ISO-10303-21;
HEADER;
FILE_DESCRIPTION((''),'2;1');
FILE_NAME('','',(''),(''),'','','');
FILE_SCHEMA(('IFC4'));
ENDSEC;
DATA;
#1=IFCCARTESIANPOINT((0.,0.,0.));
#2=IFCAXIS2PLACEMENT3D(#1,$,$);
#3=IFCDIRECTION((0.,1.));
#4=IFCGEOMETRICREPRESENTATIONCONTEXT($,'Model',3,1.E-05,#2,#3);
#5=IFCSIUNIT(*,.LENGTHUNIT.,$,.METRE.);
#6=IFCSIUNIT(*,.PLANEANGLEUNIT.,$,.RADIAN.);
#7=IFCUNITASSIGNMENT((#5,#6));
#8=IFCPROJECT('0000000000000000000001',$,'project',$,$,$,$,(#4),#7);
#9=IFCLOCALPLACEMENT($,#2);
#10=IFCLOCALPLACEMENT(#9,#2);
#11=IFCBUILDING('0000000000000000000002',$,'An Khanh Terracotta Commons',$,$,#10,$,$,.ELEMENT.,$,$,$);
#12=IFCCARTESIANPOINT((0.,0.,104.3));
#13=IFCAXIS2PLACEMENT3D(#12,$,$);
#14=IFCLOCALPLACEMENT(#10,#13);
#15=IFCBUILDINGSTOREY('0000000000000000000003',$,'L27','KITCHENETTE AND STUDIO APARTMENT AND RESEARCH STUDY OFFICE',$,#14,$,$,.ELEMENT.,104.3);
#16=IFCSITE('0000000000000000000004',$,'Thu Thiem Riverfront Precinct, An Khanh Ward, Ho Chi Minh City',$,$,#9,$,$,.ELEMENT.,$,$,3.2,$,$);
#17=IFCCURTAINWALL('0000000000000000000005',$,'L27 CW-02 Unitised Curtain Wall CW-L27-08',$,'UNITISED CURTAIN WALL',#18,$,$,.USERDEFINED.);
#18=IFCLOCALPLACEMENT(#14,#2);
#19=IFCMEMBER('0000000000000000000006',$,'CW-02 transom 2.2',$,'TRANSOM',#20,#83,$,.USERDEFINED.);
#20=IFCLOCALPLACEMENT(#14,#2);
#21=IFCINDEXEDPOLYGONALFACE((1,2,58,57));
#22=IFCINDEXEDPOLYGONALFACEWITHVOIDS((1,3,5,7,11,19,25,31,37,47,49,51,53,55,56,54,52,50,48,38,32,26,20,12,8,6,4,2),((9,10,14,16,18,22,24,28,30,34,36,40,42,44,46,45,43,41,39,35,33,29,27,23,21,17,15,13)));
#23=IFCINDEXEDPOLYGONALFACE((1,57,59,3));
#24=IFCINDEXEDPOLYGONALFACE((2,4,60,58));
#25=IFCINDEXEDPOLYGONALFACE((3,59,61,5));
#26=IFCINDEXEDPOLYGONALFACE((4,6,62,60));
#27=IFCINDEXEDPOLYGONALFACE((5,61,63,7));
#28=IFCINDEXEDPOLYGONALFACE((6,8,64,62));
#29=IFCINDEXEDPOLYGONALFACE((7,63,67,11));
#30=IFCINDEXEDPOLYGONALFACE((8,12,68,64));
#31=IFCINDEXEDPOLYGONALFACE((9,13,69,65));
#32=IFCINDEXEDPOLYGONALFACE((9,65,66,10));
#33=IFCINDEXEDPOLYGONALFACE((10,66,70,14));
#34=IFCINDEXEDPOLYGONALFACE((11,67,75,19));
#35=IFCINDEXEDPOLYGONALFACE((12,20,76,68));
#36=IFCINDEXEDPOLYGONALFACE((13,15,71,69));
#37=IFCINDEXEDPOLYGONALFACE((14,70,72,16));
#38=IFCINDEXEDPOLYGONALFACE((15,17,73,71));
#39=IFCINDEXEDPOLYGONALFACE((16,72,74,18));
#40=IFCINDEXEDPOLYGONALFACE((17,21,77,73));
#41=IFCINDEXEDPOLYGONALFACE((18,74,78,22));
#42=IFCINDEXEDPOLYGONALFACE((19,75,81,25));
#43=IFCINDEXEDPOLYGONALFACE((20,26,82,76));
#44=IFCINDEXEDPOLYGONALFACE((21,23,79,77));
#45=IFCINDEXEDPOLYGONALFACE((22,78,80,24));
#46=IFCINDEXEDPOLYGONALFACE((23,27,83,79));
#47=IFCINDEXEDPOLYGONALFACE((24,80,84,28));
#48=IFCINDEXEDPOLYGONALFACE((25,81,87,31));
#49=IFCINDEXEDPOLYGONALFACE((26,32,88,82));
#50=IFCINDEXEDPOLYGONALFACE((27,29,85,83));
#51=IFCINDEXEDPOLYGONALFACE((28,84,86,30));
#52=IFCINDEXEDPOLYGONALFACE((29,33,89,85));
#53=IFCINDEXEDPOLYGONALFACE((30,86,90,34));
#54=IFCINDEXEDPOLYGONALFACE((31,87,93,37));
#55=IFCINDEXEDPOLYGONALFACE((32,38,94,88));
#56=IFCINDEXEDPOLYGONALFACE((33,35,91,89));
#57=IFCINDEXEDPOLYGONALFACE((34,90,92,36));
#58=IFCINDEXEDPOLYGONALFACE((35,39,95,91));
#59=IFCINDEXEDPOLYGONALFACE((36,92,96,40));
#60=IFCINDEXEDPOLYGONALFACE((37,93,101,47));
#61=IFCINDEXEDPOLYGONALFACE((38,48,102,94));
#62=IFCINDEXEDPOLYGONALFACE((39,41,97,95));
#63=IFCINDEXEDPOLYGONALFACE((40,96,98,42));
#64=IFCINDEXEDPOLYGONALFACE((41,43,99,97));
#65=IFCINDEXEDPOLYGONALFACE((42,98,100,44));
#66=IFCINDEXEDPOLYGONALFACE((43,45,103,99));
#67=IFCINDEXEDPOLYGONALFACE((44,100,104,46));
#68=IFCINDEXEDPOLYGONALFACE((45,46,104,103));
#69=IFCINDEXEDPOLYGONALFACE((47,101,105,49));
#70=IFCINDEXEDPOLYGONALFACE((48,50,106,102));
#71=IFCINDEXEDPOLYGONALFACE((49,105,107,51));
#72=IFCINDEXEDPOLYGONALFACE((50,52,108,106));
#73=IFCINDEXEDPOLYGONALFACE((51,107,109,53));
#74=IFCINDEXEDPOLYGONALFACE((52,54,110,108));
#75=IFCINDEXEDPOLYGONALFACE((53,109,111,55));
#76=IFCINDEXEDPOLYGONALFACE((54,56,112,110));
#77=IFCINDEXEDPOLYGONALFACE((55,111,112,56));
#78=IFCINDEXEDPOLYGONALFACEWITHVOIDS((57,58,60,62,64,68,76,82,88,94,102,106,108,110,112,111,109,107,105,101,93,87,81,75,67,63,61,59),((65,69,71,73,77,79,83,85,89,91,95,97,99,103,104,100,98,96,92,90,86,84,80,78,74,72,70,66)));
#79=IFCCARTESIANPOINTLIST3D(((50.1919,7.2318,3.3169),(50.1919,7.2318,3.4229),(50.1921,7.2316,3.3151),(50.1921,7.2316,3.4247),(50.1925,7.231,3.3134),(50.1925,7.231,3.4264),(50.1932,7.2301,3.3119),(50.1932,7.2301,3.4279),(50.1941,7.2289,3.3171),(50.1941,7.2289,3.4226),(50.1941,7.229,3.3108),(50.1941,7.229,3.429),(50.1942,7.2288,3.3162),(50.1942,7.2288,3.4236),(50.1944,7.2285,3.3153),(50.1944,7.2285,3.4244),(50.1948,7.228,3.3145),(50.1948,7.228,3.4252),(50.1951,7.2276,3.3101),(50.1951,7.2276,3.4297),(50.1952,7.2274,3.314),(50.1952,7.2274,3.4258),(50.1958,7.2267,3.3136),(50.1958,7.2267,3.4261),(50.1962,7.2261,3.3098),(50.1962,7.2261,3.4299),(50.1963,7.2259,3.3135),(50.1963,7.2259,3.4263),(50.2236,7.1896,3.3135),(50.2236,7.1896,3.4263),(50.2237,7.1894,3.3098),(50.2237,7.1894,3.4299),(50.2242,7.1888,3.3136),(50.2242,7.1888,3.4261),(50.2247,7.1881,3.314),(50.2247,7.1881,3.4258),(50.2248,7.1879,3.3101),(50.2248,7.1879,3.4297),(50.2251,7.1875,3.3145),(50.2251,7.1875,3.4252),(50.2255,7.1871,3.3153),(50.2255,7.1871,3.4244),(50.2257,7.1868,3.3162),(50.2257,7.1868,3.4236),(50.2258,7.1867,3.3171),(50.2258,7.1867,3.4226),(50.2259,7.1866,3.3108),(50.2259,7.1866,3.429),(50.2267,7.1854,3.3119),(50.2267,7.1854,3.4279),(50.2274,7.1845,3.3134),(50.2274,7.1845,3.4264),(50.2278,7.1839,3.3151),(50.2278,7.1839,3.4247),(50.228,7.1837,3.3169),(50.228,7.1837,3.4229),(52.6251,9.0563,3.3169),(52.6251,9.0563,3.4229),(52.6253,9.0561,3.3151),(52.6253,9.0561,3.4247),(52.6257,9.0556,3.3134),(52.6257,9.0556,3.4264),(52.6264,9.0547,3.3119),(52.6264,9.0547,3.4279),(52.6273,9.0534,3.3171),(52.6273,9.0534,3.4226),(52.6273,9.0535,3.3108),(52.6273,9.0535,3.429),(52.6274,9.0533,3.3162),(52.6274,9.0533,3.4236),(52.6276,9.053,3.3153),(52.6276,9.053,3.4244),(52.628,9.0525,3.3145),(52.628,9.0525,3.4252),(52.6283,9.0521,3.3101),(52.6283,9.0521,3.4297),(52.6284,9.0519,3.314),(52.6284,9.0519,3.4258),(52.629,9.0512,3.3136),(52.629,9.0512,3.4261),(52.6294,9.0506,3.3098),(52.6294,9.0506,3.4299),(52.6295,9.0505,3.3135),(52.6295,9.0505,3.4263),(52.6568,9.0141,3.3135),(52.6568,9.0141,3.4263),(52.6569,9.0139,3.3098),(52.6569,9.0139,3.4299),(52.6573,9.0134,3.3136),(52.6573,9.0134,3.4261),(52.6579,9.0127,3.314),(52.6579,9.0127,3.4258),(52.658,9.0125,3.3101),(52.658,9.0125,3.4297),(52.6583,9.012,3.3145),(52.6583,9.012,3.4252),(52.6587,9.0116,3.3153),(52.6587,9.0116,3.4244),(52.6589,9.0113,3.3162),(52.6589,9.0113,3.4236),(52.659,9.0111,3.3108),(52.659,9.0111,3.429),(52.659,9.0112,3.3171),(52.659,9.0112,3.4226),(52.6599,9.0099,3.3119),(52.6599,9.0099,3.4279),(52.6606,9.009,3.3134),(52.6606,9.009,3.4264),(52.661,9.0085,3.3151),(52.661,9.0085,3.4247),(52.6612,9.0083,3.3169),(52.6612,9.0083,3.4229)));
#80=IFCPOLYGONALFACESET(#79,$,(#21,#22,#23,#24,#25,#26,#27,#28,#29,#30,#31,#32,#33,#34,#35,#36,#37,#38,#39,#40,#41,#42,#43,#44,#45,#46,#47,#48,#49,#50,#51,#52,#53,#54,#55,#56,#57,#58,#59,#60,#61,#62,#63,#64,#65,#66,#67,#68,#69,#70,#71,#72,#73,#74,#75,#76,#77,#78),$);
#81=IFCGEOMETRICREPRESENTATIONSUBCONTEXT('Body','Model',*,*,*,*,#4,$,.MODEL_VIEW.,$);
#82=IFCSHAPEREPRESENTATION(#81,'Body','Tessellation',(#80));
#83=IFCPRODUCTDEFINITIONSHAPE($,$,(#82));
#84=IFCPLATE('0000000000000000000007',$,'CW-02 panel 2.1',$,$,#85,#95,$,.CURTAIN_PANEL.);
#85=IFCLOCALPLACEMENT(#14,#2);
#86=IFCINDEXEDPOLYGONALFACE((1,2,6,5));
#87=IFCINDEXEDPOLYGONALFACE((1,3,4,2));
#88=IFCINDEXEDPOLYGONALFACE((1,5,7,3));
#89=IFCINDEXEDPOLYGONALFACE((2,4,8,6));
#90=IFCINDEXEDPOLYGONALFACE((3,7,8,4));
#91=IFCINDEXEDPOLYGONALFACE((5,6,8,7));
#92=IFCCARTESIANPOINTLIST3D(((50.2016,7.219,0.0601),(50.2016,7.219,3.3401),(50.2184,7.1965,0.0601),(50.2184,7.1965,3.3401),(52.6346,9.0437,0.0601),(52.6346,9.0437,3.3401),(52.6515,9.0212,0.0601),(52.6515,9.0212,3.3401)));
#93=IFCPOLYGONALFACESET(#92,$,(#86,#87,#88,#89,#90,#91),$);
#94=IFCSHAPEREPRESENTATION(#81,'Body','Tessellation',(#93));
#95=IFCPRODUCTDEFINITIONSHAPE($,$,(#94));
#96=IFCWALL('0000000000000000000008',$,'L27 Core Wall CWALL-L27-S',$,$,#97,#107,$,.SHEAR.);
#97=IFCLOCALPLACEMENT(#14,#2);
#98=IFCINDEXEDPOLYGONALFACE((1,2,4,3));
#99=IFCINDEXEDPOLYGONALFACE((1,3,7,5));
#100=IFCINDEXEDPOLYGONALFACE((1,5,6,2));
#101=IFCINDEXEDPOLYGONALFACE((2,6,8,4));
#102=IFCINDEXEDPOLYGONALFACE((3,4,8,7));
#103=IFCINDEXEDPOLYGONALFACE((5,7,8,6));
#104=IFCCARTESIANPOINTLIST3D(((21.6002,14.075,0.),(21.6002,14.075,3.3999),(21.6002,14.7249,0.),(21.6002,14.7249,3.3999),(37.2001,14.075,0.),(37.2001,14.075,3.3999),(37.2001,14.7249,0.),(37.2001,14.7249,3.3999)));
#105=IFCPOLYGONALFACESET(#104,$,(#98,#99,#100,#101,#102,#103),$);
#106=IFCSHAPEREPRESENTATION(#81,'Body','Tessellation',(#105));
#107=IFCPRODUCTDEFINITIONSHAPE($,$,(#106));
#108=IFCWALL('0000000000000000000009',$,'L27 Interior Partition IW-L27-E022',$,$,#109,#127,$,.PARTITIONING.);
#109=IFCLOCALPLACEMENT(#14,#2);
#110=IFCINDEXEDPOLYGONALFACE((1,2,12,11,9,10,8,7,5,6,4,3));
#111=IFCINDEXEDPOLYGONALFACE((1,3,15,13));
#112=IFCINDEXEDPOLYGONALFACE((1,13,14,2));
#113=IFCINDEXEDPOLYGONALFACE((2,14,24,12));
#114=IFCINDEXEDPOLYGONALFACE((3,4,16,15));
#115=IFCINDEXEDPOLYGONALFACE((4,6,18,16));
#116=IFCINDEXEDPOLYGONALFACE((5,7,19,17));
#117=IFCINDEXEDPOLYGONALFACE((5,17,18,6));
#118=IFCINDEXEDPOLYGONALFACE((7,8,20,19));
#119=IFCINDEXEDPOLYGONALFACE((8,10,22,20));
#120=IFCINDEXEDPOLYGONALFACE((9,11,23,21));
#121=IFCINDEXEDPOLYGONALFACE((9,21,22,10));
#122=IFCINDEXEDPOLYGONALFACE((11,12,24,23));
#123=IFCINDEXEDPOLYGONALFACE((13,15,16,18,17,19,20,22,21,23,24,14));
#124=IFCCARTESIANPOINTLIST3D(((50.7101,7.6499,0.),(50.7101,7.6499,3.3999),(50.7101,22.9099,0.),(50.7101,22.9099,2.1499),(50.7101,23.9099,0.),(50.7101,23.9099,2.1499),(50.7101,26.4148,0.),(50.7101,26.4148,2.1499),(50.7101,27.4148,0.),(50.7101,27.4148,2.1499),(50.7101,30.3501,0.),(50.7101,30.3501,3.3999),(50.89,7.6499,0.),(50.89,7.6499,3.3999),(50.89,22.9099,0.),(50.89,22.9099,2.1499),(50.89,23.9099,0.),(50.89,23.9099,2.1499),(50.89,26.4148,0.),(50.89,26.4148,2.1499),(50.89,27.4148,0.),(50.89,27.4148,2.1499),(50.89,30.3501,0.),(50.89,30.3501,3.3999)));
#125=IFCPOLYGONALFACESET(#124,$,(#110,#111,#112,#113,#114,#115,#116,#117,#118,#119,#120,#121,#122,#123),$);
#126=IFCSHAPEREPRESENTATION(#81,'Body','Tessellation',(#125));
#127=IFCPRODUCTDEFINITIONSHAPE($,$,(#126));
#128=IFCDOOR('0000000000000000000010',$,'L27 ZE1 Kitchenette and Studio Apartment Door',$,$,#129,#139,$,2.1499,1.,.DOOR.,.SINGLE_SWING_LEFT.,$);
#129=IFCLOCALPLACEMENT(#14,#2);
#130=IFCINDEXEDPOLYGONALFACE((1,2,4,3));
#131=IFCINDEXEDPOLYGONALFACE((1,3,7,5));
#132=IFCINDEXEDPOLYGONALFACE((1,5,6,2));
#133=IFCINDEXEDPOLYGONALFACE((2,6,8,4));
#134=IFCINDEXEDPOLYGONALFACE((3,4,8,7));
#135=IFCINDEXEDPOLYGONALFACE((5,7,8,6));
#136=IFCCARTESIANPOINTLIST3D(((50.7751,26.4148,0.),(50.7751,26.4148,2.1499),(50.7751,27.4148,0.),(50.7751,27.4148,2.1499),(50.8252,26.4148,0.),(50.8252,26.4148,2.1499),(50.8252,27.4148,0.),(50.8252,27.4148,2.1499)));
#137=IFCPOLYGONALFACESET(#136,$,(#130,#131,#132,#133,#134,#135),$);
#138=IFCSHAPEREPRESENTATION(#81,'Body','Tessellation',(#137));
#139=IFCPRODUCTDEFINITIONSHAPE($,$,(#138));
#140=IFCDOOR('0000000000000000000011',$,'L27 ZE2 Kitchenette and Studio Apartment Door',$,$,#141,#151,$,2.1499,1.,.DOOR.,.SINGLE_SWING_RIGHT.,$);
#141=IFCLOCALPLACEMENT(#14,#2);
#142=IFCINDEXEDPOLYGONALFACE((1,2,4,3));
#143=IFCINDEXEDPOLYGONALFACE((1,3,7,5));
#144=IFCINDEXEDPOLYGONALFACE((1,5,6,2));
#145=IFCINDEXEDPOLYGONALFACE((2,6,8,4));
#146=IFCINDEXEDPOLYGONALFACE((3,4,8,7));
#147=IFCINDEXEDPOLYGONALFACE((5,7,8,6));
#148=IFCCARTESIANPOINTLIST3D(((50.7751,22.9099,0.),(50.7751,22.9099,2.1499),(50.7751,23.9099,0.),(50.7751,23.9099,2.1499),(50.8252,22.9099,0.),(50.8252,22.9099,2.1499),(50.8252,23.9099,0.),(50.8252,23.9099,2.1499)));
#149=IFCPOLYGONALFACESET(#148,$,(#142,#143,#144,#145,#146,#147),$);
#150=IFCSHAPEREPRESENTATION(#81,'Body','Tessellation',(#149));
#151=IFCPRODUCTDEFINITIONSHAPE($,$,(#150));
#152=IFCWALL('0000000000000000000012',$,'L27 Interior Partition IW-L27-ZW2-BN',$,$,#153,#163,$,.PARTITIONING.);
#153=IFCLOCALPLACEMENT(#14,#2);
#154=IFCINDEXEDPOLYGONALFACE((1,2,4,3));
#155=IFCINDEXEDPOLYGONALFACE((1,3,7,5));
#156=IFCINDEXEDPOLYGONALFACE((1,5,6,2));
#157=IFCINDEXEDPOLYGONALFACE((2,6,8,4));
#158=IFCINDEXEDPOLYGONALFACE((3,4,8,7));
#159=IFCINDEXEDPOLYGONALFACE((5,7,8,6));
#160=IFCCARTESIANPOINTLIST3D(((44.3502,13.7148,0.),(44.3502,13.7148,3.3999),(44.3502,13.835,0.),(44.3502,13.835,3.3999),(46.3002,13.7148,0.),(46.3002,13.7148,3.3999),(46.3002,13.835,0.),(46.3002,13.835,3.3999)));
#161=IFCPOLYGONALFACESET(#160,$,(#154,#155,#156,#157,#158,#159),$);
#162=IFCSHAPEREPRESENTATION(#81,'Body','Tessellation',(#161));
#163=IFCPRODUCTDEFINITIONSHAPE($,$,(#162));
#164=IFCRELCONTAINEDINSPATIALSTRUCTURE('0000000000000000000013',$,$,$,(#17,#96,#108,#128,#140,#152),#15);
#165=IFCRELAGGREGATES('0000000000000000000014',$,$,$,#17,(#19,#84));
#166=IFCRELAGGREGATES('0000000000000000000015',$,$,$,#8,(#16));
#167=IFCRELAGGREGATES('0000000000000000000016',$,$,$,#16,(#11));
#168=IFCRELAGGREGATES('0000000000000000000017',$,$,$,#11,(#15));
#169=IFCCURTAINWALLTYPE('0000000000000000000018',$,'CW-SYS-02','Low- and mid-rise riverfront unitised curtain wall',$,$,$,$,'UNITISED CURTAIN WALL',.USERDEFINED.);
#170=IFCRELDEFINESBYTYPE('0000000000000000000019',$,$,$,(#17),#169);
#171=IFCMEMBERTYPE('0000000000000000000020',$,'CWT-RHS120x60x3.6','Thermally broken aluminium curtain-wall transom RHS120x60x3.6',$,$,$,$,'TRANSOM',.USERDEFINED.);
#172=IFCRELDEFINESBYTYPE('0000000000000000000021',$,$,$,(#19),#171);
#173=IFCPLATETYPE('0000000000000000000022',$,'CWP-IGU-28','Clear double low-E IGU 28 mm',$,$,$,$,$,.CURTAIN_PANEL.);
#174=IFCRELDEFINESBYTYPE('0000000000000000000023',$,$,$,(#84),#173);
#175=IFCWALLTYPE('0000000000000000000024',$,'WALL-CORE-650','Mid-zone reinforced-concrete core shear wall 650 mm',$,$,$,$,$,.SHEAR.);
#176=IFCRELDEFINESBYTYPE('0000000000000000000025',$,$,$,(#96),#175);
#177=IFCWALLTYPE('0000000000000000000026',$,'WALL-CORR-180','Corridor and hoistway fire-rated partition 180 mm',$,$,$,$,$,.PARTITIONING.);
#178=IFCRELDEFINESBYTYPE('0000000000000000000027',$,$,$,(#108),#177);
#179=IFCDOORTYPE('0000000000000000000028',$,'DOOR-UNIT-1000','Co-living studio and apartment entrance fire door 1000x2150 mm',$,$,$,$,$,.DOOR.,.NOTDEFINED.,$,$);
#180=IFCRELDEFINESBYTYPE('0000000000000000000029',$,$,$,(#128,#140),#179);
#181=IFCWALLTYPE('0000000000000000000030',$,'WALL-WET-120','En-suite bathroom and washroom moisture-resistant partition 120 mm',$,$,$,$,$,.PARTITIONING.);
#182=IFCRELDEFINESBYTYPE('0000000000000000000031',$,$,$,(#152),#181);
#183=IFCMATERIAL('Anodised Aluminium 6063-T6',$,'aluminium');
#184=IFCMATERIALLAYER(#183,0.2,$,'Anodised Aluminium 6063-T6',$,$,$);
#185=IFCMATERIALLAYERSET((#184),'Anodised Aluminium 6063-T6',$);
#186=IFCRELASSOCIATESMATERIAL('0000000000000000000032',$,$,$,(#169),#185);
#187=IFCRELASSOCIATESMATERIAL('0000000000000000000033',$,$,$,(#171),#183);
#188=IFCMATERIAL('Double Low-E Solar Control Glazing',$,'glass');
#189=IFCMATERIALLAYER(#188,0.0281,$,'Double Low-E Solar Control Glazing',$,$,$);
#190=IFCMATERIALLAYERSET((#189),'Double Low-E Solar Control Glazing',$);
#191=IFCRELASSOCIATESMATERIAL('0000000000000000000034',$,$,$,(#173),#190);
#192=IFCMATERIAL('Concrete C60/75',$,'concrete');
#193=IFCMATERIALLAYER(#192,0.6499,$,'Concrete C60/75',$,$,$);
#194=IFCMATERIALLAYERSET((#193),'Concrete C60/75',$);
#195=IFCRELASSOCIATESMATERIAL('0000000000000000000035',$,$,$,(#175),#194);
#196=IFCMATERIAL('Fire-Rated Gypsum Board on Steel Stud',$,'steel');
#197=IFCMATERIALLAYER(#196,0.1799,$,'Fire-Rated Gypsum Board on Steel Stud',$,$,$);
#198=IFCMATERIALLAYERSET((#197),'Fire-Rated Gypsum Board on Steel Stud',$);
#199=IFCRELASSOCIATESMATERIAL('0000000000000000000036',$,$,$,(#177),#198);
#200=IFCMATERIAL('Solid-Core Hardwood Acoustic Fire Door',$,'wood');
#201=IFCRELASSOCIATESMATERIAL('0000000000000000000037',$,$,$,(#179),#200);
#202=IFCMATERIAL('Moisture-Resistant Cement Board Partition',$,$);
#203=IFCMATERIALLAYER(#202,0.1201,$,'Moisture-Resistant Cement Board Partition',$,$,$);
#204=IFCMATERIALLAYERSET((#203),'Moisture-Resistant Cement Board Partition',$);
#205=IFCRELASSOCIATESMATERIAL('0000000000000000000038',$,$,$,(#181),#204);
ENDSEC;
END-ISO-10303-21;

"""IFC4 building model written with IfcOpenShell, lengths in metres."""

from ifc_helpers import new_model, si_unit, direction, frame, frame_2d, origin, origin_2d, place, context, subcontext, project, spatial, rectangle, hollow_rectangle, extrude, material, layer, layer_set, material_profile, profile_set, type_object, element, fill, aggregate, save


model = new_model("IFC4")

# Units and contexts
model_context = context("Model", 3, precision=1e-05, world=origin(), true_north=direction((0.0, 1.0)))
body_context = subcontext(model_context, "Body", "Model", "MODEL_VIEW")
ifc_project = project(units=[si_unit("LENGTHUNIT", "METRE"), si_unit("PLANEANGLEUNIT", "RADIAN")], contexts=[model_context])

# Site, building, storey
site_placement = place(None, origin())
site = spatial("IfcSite", under=ifc_project, at=site_placement, Name="Thu Thiem Riverfront Precinct, An Khanh Ward, Ho Chi Minh City", CompositionType="ELEMENT", RefElevation=3.2)
building_placement = place(site_placement, origin())
building = spatial("IfcBuilding", under=site, at=building_placement, Name="An Khanh Terracotta Commons", CompositionType="ELEMENT")
storey_placement = place(building_placement, frame((0.0, 0.0, 104.3)))
storey = spatial("IfcBuildingStorey", under=building, at=storey_placement, Name="L27", Description="KITCHENETTE AND STUDIO APARTMENT AND RESEARCH STUDY OFFICE", CompositionType="ELEMENT", Elevation=104.3)

# Curtain wall, member, plate
ifc_material_1 = material(Name="Anodised Aluminium 6063-T6", Category="aluminium")
ifc_layer_1 = layer(ifc_material_1, 0.2, Name="Anodised Aluminium 6063-T6")
ifc_layer_set_1 = layer_set([ifc_layer_1], Name="Anodised Aluminium 6063-T6")
curtain_wall_type = type_object("IfcCurtainWallType", Name="CW-SYS-02", Description="Low- and mid-rise riverfront unitised curtain wall", ElementType="UNITISED CURTAIN WALL", PredefinedType="USERDEFINED", material=ifc_layer_set_1)
curtain_wall_placement = place(storey_placement, origin())
curtain_wall = element("IfcCurtainWall", 1, at=curtain_wall_placement, inside=storey, type_object=curtain_wall_type, Name="L27 CW-02 Unitised Curtain Wall CW-L27-08", ObjectType="UNITISED CURTAIN WALL", PredefinedType="USERDEFINED")
ifc_material_profile_1 = material_profile(ifc_material_1, hollow_rectangle(XDim=0.0601, YDim=0.1201, WallThickness=0.0037, InnerFilletRadius=0.0037, OuterFilletRadius=0.0071, at=origin_2d()), Name="RHS120x60x3.6")
ifc_profile_set_1 = profile_set([ifc_material_profile_1], Name="Anodised Aluminium 6063-T6")
member_type = type_object("IfcMemberType", Name="CWT-RHS120x60x3.6", Description="Thermally broken aluminium curtain-wall transom RHS120x60x3.6", ElementType="TRANSOM", PredefinedType="USERDEFINED", material=ifc_profile_set_1)
member_placement = place(storey_placement, frame((50.21, 7.2078, 3.3699), z_axis=(0.800058, 0.599923, 0.0), x_axis=(-0.599923, 0.800058, 0.0)))
member = element("IfcMember", 2, at=member_placement, type_object=member_type, Name="CW-02 transom 2.2", ObjectType="TRANSOM", PredefinedType="USERDEFINED", context=body_context, shape_type="SweptSolid", body=[
    extrude(hollow_rectangle(XDim=0.0601, YDim=0.1201, WallThickness=0.0037, InnerFilletRadius=0.0037, OuterFilletRadius=0.0071, at=origin_2d()), origin(), (0.0, 0.0, 1.0), 3.0413),
])
ifc_material_2 = material(Name="Double Low-E Solar Control Glazing", Category="glass")
ifc_layer_2 = layer(ifc_material_2, 0.0281, Name="Double Low-E Solar Control Glazing")
ifc_layer_set_2 = layer_set([ifc_layer_2], Name="Double Low-E Solar Control Glazing")
plate_type = type_object("IfcPlateType", Name="CWP-IGU-28", Description="Clear double low-E IGU 28 mm", PredefinedType="CURTAIN_PANEL", material=ifc_layer_set_2)
plate_placement = place(storey_placement, frame((51.4265, 8.1201, 0.0601), z_axis=(0.0, 0.0, 1.0), x_axis=(0.800013, 0.599983, 0.0)))
plate = element("IfcPlate", 3, at=plate_placement, type_object=plate_type, Name="CW-02 panel 2.1", PredefinedType="CURTAIN_PANEL", context=body_context, shape_type="SweptSolid", body=[
    extrude(rectangle(XDim=3.0413, YDim=0.0281, at=origin_2d()), origin(), (0.0, 0.0, 1.0), 3.28),
])
aggregate(curtain_wall, [member, plate])

# Wall
ifc_material_3 = material(Name="Concrete C60/75", Category="concrete")
ifc_layer_3 = layer(ifc_material_3, 0.6499, Name="Concrete C60/75")
ifc_layer_set_3 = layer_set([ifc_layer_3], Name="Concrete C60/75")
wall_type_1 = type_object("IfcWallType", Name="WALL-CORE-650", Description="Mid-zone reinforced-concrete core shear wall 650 mm", PredefinedType="SHEAR", material=ifc_layer_set_3)
wall_1_placement = place(storey_placement, frame((37.2, 14.3999, 0.0), z_axis=(0.0, 0.0, 1.0), x_axis=(-1.0, 0.0, 0.0)))
element("IfcWall", 4, at=wall_1_placement, inside=storey, type_object=wall_type_1, Name="L27 Core Wall CWALL-L27-S", PredefinedType="SHEAR", context=body_context, shape_type="SweptSolid", body=[
    extrude(rectangle(XDim=15.5999, YDim=0.6499, at=frame_2d((7.7998, 0.0))), origin(), (0.0, 0.0, 1.0), 3.3999),
])

# Wall, openings, doors
ifc_material_4 = material(Name="Fire-Rated Gypsum Board on Steel Stud", Category="steel")
ifc_layer_4 = layer(ifc_material_4, 0.1799, Name="Fire-Rated Gypsum Board on Steel Stud")
ifc_layer_set_4 = layer_set([ifc_layer_4], Name="Fire-Rated Gypsum Board on Steel Stud")
wall_type_2 = type_object("IfcWallType", Name="WALL-CORR-180", Description="Corridor and hoistway fire-rated partition 180 mm", PredefinedType="PARTITIONING", material=ifc_layer_set_4)
wall_2_placement = place(storey_placement, frame((50.8, 7.6499, 0.0), z_axis=(0.0, 0.0, 1.0), x_axis=(0.0, 1.0, 0.0)))
wall_2 = element("IfcWall", 5, at=wall_2_placement, inside=storey, type_object=wall_type_2, Name="L27 Interior Partition IW-L27-E022", PredefinedType="PARTITIONING", context=body_context, shape_type="SweptSolid", body=[
    extrude(rectangle(XDim=22.7002, YDim=0.1799, at=frame_2d((11.3501, 0.0))), origin(), (0.0, 0.0, 1.0), 3.3999),
])
opening_1_placement = place(wall_2_placement, frame((18.7649, 0.0, 0.0)))
opening_1 = element("IfcOpeningElement", 6, at=opening_1_placement, cuts=wall_2, PredefinedType="OPENING", context=body_context, shape_type="SweptSolid", body=[
    extrude(rectangle(XDim=1.0, YDim=2.1499, at=frame_2d((0.5, 1.075))), frame((0.0, 0.0999, 0.0), z_axis=(0.0, -1.0, 0.0), x_axis=(1.0, 0.0, 0.0)), (0.0, 0.0, 1.0), 0.2),
])
opening_2_placement = place(wall_2_placement, frame((15.26, 0.0, 0.0)))
opening_2 = element("IfcOpeningElement", 7, at=opening_2_placement, cuts=wall_2, PredefinedType="OPENING", context=body_context, shape_type="SweptSolid", body=[
    extrude(rectangle(XDim=1.0, YDim=2.1499, at=frame_2d((0.5, 1.075))), frame((0.0, 0.0999, 0.0), z_axis=(0.0, -1.0, 0.0), x_axis=(1.0, 0.0, 0.0)), (0.0, 0.0, 1.0), 0.2),
])
ifc_material_5 = material(Name="Solid-Core Hardwood Acoustic Fire Door", Category="wood")
door_type_1 = type_object("IfcDoorType", Name="DOOR-UNIT-1000", Description="Co-living studio and apartment entrance fire door 1000x2150 mm", OperationType="NOTDEFINED", PredefinedType="DOOR", material=ifc_material_5)
door_1_placement = place(opening_1_placement, origin())
door_1 = element("IfcDoor", 8, at=door_1_placement, inside=storey, type_object=door_type_1, Name="L27 ZE1 Kitchenette and Studio Apartment Door", OperationType="SINGLE_SWING_LEFT", OverallHeight=2.1499, OverallWidth=1.0, PredefinedType="DOOR", context=body_context, shape_type="SweptSolid", body=[
    extrude(rectangle(XDim=1.0, YDim=2.1499, at=frame_2d((0.5, 1.075))), frame((0.0, 0.0249, 0.0), z_axis=(0.0, -1.0, 0.0), x_axis=(1.0, 0.0, 0.0)), (0.0, 0.0, 1.0), 0.05),
])
fill(opening_1, door_1)
door_2_placement = place(opening_2_placement, origin())
door_2 = element("IfcDoor", 9, at=door_2_placement, inside=storey, type_object=door_type_1, Name="L27 ZE2 Kitchenette and Studio Apartment Door", OperationType="SINGLE_SWING_RIGHT", OverallHeight=2.1499, OverallWidth=1.0, PredefinedType="DOOR", context=body_context, shape_type="SweptSolid", body=[
    extrude(rectangle(XDim=1.0, YDim=2.1499, at=frame_2d((0.5, 1.075))), frame((0.0, 0.0249, 0.0), z_axis=(0.0, -1.0, 0.0), x_axis=(1.0, 0.0, 0.0)), (0.0, 0.0, 1.0), 0.05),
])
fill(opening_2, door_2)

# Wall
ifc_material_6 = material(Name="Moisture-Resistant Cement Board Partition")
ifc_layer_5 = layer(ifc_material_6, 0.1201, Name="Moisture-Resistant Cement Board Partition")
ifc_layer_set_5 = layer_set([ifc_layer_5], Name="Moisture-Resistant Cement Board Partition")
wall_type_3 = type_object("IfcWallType", Name="WALL-WET-120", Description="En-suite bathroom and washroom moisture-resistant partition 120 mm", PredefinedType="PARTITIONING", material=ifc_layer_set_5)
wall_3_placement = place(storey_placement, frame((44.3501, 13.7749, 0.0), z_axis=(0.0, 0.0, 1.0), x_axis=(1.0, 0.0, 0.0)))
element("IfcWall", 10, at=wall_3_placement, inside=storey, type_object=wall_type_3, Name="L27 Interior Partition IW-L27-ZW2-BN", PredefinedType="PARTITIONING", context=body_context, shape_type="SweptSolid", body=[
    extrude(rectangle(XDim=1.95, YDim=0.1201, at=frame_2d((0.9751, 0.0))), origin(), (0.0, 0.0, 1.0), 3.3999),
])

save(model, "model.ifc")
